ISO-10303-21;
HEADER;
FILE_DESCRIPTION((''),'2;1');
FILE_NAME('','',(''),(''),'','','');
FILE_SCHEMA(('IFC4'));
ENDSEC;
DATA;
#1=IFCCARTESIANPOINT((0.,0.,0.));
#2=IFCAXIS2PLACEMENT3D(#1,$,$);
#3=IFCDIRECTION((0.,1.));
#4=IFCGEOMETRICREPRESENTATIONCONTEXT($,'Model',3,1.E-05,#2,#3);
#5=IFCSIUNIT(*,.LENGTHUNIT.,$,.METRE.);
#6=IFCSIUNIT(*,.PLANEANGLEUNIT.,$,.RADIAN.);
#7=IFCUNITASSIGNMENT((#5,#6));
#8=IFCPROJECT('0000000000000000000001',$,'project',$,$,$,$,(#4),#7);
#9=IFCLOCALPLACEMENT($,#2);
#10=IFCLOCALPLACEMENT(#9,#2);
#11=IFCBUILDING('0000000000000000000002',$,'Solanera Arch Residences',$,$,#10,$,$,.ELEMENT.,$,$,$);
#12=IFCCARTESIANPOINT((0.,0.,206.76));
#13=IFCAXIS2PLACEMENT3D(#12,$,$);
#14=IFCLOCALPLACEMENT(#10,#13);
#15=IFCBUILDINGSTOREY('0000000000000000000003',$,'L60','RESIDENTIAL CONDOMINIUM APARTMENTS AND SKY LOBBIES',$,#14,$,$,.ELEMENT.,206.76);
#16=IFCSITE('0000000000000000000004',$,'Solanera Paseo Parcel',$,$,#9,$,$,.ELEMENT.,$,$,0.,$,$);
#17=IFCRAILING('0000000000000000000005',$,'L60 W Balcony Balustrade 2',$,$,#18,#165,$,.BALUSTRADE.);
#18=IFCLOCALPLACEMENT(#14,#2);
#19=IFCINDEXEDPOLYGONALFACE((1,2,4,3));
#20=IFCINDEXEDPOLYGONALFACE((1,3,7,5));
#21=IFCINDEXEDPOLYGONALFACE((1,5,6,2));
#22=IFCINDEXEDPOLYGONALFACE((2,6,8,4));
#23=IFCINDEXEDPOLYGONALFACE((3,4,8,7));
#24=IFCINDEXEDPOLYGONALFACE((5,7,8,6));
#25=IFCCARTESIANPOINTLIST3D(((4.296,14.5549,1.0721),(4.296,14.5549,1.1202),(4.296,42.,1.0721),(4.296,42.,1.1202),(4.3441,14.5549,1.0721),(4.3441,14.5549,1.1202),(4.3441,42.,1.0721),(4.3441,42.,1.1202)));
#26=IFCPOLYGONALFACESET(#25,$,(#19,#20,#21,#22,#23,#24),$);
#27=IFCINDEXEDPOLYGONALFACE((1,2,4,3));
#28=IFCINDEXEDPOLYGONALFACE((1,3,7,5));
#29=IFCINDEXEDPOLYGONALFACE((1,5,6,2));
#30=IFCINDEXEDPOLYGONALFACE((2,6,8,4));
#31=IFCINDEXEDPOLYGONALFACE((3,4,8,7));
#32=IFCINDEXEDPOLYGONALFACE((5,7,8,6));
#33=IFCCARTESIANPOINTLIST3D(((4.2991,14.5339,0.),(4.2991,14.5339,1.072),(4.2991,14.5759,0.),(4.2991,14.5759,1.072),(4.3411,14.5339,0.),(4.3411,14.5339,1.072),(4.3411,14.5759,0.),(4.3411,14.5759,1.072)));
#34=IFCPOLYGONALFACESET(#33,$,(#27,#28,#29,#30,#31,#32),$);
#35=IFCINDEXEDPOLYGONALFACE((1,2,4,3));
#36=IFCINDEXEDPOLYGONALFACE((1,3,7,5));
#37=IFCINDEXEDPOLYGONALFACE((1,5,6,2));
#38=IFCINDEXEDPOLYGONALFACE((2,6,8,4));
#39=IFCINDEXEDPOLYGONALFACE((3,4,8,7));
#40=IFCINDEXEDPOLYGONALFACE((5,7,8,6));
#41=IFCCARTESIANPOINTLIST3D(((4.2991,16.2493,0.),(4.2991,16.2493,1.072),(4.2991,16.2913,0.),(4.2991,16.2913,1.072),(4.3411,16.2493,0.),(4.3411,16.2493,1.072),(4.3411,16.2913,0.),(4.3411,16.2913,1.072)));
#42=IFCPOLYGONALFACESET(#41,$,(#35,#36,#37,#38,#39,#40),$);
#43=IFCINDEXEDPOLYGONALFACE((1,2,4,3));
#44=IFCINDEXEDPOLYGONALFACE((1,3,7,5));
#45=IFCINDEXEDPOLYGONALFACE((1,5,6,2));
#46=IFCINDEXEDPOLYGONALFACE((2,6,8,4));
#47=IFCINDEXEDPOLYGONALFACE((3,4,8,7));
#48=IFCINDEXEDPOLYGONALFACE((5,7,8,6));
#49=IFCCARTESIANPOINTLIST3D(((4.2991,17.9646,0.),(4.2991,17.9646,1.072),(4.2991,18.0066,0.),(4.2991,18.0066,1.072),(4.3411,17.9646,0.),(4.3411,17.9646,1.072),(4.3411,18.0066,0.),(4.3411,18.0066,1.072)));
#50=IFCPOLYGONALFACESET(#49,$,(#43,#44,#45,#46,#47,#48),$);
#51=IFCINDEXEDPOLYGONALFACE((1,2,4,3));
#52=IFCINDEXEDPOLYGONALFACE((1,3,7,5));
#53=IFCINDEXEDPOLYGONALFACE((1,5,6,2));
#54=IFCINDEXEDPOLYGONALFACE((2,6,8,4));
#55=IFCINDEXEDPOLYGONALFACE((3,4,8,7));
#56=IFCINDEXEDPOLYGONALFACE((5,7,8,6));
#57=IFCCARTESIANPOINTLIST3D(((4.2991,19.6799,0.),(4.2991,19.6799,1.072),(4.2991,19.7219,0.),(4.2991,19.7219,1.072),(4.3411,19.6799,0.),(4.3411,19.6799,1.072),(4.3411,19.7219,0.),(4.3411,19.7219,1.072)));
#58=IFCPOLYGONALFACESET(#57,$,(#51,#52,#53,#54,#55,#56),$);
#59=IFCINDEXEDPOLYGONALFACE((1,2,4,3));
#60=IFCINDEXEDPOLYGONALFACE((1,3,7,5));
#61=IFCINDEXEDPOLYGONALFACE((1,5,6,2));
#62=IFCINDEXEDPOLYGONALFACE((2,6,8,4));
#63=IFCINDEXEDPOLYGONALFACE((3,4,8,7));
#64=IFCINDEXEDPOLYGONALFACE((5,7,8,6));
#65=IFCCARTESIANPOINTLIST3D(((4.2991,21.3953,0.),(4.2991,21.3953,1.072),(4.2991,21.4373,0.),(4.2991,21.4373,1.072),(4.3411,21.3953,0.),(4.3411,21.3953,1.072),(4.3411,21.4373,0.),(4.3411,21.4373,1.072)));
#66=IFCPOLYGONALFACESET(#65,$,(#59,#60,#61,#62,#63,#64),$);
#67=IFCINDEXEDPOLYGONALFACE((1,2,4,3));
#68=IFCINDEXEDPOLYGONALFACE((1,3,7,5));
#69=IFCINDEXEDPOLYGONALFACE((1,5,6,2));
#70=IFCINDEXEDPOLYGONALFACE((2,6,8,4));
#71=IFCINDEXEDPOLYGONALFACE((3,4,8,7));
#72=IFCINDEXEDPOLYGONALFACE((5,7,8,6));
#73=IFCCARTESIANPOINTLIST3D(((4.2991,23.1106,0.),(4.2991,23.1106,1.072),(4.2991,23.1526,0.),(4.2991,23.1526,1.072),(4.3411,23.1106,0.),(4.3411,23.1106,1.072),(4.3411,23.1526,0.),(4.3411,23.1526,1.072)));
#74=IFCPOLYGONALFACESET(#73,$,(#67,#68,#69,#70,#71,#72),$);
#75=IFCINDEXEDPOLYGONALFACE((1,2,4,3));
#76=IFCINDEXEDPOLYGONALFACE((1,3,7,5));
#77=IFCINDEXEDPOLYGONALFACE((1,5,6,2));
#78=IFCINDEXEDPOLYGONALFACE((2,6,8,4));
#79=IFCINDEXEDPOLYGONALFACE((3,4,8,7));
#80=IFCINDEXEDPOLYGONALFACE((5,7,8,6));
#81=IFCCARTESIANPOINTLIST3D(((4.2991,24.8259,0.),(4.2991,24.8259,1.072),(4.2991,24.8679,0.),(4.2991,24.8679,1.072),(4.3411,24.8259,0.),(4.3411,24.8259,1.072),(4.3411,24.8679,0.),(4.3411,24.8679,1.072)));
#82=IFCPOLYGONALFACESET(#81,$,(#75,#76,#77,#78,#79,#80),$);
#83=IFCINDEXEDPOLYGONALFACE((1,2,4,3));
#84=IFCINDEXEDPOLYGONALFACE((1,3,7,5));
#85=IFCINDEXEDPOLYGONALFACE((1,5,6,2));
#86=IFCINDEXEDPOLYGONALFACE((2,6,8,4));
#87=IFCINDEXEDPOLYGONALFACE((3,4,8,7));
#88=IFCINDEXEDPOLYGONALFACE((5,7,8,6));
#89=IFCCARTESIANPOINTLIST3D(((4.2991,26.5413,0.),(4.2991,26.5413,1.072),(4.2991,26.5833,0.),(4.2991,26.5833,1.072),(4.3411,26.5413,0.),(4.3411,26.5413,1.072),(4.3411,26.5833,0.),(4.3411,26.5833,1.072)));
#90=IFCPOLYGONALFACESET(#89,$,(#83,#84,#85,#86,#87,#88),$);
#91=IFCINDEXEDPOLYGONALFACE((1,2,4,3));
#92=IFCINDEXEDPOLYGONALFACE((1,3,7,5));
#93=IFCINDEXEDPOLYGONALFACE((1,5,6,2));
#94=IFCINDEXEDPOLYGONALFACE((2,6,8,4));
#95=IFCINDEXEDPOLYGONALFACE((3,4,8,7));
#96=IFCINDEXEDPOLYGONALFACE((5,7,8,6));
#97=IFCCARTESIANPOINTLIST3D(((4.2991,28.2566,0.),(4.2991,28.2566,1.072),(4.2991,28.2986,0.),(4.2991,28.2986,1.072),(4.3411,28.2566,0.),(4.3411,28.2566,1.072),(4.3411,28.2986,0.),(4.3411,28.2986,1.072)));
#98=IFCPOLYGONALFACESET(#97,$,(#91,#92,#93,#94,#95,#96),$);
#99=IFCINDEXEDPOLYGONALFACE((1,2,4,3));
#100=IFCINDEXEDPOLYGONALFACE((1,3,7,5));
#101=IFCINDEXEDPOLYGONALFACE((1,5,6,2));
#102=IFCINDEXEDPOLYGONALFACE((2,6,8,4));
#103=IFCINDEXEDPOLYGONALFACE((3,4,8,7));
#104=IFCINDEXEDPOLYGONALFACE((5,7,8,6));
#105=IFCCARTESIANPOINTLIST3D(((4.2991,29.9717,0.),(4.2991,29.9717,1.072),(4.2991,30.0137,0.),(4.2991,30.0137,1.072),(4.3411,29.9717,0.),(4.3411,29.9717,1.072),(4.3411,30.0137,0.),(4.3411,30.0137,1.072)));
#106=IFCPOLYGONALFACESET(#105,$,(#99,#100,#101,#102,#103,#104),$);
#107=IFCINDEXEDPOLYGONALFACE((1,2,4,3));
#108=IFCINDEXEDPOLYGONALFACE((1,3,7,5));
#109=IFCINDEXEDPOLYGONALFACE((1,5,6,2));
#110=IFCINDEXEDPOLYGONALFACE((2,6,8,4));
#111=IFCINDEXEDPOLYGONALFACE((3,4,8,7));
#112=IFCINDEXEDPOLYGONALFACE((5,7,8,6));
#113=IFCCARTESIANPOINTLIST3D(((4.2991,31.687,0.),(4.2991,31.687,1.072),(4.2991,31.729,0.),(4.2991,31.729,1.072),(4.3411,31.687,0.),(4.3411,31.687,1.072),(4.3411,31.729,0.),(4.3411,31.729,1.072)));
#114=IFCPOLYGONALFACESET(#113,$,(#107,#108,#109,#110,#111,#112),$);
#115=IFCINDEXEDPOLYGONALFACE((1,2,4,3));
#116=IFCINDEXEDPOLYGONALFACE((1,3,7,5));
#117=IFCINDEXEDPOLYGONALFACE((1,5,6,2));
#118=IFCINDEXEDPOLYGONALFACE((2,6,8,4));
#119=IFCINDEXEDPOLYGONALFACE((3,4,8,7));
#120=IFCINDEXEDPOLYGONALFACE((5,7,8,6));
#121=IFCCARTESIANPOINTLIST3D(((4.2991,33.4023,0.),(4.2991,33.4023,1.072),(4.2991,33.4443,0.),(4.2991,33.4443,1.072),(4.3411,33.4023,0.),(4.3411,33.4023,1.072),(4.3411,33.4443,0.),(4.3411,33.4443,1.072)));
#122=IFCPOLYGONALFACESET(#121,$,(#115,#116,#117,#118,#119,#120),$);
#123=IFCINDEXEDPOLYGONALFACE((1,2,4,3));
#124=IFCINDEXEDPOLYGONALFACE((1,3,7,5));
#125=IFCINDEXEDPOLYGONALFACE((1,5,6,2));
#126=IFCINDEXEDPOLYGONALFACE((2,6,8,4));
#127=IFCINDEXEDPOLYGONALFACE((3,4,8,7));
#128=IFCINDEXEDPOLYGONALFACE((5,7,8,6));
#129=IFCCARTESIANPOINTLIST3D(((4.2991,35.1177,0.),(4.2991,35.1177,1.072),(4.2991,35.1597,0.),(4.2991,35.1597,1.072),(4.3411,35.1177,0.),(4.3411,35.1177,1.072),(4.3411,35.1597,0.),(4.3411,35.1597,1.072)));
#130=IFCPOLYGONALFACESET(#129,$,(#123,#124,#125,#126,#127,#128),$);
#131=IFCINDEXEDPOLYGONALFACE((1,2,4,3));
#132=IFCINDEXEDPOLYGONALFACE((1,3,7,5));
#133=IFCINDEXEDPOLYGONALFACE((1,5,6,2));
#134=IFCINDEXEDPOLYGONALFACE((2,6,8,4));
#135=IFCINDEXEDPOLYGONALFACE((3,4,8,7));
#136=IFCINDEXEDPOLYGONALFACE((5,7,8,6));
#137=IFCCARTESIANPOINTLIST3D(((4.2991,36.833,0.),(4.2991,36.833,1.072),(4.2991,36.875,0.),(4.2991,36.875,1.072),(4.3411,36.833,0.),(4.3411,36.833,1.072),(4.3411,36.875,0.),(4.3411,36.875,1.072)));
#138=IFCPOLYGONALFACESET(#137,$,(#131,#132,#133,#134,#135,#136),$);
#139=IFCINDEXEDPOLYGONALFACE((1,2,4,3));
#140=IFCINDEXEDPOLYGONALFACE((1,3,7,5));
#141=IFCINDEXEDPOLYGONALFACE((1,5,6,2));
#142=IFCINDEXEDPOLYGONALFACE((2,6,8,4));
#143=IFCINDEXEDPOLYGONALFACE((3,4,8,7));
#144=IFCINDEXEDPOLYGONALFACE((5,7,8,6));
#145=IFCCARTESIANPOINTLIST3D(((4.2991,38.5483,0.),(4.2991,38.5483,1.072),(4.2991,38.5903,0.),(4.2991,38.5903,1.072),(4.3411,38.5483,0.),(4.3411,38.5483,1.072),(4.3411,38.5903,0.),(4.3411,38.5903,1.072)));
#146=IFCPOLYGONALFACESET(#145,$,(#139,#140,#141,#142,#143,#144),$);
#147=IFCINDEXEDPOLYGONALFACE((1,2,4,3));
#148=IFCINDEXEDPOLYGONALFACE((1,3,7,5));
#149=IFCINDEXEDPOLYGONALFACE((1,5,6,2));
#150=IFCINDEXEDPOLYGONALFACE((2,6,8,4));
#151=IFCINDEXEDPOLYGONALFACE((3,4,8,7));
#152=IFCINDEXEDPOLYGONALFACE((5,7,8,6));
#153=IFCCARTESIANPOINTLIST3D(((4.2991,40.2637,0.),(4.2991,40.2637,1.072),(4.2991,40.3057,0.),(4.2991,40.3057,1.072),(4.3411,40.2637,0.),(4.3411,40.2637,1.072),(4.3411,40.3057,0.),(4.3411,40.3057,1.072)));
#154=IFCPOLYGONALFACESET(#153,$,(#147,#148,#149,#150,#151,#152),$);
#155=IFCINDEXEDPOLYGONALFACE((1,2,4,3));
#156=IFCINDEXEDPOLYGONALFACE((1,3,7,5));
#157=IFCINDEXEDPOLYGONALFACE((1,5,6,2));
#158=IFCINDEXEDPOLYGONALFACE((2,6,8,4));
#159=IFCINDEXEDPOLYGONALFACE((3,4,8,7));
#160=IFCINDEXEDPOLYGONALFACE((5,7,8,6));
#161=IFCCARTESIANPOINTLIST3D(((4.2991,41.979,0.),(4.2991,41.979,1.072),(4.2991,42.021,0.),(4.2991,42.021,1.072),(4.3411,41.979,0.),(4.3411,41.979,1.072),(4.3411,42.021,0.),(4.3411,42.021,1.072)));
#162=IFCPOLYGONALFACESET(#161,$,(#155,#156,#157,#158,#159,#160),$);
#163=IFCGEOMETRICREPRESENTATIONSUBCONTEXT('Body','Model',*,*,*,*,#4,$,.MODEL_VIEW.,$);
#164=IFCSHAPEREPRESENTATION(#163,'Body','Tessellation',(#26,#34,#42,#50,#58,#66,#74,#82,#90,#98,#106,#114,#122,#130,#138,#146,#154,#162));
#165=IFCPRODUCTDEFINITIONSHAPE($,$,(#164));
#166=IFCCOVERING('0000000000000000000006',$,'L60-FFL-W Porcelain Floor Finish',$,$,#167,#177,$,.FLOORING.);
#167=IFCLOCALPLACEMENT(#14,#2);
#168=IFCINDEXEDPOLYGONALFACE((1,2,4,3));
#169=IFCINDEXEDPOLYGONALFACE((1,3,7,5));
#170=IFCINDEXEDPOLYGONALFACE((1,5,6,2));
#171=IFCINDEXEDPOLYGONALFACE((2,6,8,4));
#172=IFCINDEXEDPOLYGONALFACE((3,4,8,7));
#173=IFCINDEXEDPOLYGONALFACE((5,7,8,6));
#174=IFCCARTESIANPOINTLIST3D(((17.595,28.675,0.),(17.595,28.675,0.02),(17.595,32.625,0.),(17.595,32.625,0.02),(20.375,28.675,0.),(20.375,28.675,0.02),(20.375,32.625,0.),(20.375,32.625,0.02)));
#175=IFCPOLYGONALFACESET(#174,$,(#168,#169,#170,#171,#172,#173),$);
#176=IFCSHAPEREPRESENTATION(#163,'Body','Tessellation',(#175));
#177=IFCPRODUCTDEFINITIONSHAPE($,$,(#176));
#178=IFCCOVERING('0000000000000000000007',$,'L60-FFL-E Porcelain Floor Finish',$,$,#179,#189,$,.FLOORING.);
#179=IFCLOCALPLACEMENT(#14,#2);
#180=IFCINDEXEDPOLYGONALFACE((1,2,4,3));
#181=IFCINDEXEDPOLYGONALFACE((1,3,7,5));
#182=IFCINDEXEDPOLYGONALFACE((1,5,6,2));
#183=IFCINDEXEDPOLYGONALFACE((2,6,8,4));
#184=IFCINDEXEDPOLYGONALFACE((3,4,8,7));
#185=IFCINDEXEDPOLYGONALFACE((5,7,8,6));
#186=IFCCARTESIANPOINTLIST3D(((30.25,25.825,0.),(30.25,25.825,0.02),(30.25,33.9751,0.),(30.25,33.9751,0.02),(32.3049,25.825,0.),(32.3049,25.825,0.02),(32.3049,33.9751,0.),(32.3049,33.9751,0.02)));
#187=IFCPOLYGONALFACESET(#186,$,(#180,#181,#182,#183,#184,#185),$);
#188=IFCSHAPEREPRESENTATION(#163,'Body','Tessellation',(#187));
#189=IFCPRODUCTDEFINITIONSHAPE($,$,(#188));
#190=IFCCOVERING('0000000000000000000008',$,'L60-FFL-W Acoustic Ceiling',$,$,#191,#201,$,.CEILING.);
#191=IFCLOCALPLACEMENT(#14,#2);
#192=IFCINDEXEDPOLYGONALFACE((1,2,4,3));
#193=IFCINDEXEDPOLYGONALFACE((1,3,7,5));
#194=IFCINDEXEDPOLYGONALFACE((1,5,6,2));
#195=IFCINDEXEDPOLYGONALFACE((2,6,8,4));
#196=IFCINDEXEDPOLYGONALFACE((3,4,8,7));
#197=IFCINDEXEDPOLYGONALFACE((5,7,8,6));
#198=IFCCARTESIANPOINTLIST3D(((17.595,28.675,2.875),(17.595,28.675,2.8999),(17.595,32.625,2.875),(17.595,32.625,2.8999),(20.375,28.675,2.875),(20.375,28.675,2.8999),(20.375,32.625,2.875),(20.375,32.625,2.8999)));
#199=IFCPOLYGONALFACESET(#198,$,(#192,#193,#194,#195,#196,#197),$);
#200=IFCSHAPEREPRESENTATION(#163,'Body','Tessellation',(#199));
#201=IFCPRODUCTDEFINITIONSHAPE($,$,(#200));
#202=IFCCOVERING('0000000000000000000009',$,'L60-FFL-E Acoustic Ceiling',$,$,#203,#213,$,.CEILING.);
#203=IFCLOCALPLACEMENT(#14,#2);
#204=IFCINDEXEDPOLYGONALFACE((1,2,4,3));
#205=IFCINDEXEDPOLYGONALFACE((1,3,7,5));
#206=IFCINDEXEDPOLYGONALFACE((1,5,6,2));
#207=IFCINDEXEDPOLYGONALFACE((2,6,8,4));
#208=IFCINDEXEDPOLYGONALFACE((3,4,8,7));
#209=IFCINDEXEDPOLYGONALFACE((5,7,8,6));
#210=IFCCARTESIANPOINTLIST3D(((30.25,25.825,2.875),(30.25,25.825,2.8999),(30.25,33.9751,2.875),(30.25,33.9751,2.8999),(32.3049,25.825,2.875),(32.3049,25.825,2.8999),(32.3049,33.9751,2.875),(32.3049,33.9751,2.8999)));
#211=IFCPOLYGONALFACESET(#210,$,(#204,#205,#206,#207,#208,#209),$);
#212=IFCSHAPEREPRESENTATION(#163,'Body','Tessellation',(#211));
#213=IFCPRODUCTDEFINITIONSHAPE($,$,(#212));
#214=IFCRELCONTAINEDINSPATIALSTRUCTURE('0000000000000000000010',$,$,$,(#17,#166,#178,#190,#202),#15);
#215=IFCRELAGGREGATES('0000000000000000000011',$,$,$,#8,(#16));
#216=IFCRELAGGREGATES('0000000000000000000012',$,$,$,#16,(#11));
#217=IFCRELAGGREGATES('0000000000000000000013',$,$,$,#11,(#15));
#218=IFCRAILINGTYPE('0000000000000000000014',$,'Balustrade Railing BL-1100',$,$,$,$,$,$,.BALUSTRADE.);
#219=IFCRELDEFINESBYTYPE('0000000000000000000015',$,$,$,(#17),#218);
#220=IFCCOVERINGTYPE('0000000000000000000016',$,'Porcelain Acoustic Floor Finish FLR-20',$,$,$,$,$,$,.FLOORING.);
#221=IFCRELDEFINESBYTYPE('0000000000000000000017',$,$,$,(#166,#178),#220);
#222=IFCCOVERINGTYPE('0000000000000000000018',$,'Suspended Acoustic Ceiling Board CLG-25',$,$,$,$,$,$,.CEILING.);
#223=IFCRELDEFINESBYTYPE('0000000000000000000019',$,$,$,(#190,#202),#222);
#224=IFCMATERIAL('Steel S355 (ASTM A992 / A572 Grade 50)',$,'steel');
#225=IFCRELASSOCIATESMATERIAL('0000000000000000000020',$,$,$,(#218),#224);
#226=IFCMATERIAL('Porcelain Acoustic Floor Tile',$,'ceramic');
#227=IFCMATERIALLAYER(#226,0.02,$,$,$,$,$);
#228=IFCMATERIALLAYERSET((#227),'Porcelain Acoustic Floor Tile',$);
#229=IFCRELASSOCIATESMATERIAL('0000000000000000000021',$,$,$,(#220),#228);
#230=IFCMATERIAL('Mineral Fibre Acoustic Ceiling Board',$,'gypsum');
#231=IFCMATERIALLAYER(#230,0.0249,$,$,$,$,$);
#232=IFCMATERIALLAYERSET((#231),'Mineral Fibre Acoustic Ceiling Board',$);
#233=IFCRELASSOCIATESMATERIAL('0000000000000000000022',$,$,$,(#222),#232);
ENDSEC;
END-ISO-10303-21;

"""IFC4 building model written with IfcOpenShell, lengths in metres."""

from ifc_helpers import new_model, si_unit, direction, frame, origin, origin_2d, place, context, subcontext, project, spatial, polyline, rectangle, outline, extrude, material, layer, layer_set, type_object, element, save


model = new_model("IFC4")

# Units and contexts
model_context = context("Model", 3, precision=1e-05, world=origin(), true_north=direction((0.0, 1.0)))
body_context = subcontext(model_context, "Body", "Model", "MODEL_VIEW")
ifc_project = project(units=[si_unit("LENGTHUNIT", "METRE"), si_unit("PLANEANGLEUNIT", "RADIAN")], contexts=[model_context])

# Site, building, storey
site_placement = place(None, origin())
site = spatial("IfcSite", under=ifc_project, at=site_placement, Name="Solanera Paseo Parcel", CompositionType="ELEMENT", RefElevation=0.0)
building_placement = place(site_placement, origin())
building = spatial("IfcBuilding", under=site, at=building_placement, Name="Solanera Arch Residences", CompositionType="ELEMENT")
storey_placement = place(building_placement, frame((0.0, 0.0, 206.76)))
storey = spatial("IfcBuildingStorey", under=building, at=storey_placement, Name="L60", Description="RESIDENTIAL CONDOMINIUM APARTMENTS AND SKY LOBBIES", CompositionType="ELEMENT", Elevation=206.76)

# Railing
ifc_material_1 = material(Name="Steel S355 (ASTM A992 / A572 Grade 50)", Category="steel")
railing_type = type_object("IfcRailingType", Name="Balustrade Railing BL-1100", PredefinedType="BALUSTRADE", material=ifc_material_1)
railing_placement = place(storey_placement, frame((4.3201, 14.5549, 0.0)))
element("IfcRailing", 1, at=railing_placement, inside=storey, type_object=railing_type, Name="L60 W Balcony Balustrade 2", PredefinedType="BALUSTRADE", context=body_context, shape_type="SweptSolid", body=[
    extrude(rectangle(XDim=0.0481, YDim=0.0481, at=origin_2d()), frame((0.0, 0.0, 1.0962), z_axis=(0.0, 1.0, 0.0), x_axis=(-1.0, 0.0, 0.0)), (0.0, 0.0, 1.0), 27.4451),
    extrude(rectangle(XDim=0.042, YDim=0.042, at=origin_2d()), origin(), (0.0, 0.0, 1.0), 1.072),
    extrude(rectangle(XDim=0.042, YDim=0.042, at=origin_2d()), frame((0.0, 1.7153, 0.0)), (0.0, 0.0, 1.0), 1.072),
    extrude(rectangle(XDim=0.042, YDim=0.042, at=origin_2d()), frame((0.0, 3.4307, 0.0)), (0.0, 0.0, 1.0), 1.072),
    extrude(rectangle(XDim=0.042, YDim=0.042, at=origin_2d()), frame((0.0, 5.146, 0.0)), (0.0, 0.0, 1.0), 1.072),
    extrude(rectangle(XDim=0.042, YDim=0.042, at=origin_2d()), frame((0.0, 6.8613, 0.0)), (0.0, 0.0, 1.0), 1.072),
    extrude(rectangle(XDim=0.042, YDim=0.042, at=origin_2d()), frame((0.0, 8.5767, 0.0)), (0.0, 0.0, 1.0), 1.072),
    extrude(rectangle(XDim=0.042, YDim=0.042, at=origin_2d()), frame((0.0, 10.292, 0.0)), (0.0, 0.0, 1.0), 1.072),
    extrude(rectangle(XDim=0.042, YDim=0.042, at=origin_2d()), frame((0.0, 12.0073, 0.0)), (0.0, 0.0, 1.0), 1.072),
    extrude(rectangle(XDim=0.042, YDim=0.042, at=origin_2d()), frame((0.0, 13.7227, 0.0)), (0.0, 0.0, 1.0), 1.072),
    extrude(rectangle(XDim=0.042, YDim=0.042, at=origin_2d()), frame((0.0, 15.4377, 0.0)), (0.0, 0.0, 1.0), 1.072),
    extrude(rectangle(XDim=0.042, YDim=0.042, at=origin_2d()), frame((0.0, 17.1531, 0.0)), (0.0, 0.0, 1.0), 1.072),
    extrude(rectangle(XDim=0.042, YDim=0.042, at=origin_2d()), frame((0.0, 18.8684, 0.0)), (0.0, 0.0, 1.0), 1.072),
    extrude(rectangle(XDim=0.042, YDim=0.042, at=origin_2d()), frame((0.0, 20.5837, 0.0)), (0.0, 0.0, 1.0), 1.072),
    extrude(rectangle(XDim=0.042, YDim=0.042, at=origin_2d()), frame((0.0, 22.2991, 0.0)), (0.0, 0.0, 1.0), 1.072),
    extrude(rectangle(XDim=0.042, YDim=0.042, at=origin_2d()), frame((0.0, 24.0144, 0.0)), (0.0, 0.0, 1.0), 1.072),
    extrude(rectangle(XDim=0.042, YDim=0.042, at=origin_2d()), frame((0.0, 25.7297, 0.0)), (0.0, 0.0, 1.0), 1.072),
    extrude(rectangle(XDim=0.042, YDim=0.042, at=origin_2d()), frame((0.0, 27.4451, 0.0)), (0.0, 0.0, 1.0), 1.072),
])

# Coverings
ifc_material_2 = material(Name="Porcelain Acoustic Floor Tile", Category="ceramic")
ifc_layer_1 = layer(ifc_material_2, 0.02)
ifc_layer_set_1 = layer_set([ifc_layer_1], Name="Porcelain Acoustic Floor Tile")
covering_type_1 = type_object("IfcCoveringType", Name="Porcelain Acoustic Floor Finish FLR-20", PredefinedType="FLOORING", material=ifc_layer_set_1)
covering_1_placement = place(storey_placement, origin())
element("IfcCovering", 2, at=covering_1_placement, inside=storey, type_object=covering_type_1, Name="L60-FFL-W Porcelain Floor Finish", PredefinedType="FLOORING", context=body_context, shape_type="SweptSolid", body=[
    extrude(outline(polyline([(20.375, 28.675), (17.595, 28.675), (17.595, 32.625), (20.375, 32.625), (20.375, 28.675)])), origin(), (0.0, 0.0, 1.0), 0.02),
])
covering_2_placement = place(storey_placement, origin())
element("IfcCovering", 3, at=covering_2_placement, inside=storey, type_object=covering_type_1, Name="L60-FFL-E Porcelain Floor Finish", PredefinedType="FLOORING", context=body_context, shape_type="SweptSolid", body=[
    extrude(outline(polyline([(32.3049, 25.825), (30.25, 25.825), (30.25, 33.9751), (32.3049, 33.9751), (32.3049, 25.825)])), origin(), (0.0, 0.0, 1.0), 0.02),
])
ifc_material_3 = material(Name="Mineral Fibre Acoustic Ceiling Board", Category="gypsum")
ifc_layer_2 = layer(ifc_material_3, 0.0249)
ifc_layer_set_2 = layer_set([ifc_layer_2], Name="Mineral Fibre Acoustic Ceiling Board")
covering_type_2 = type_object("IfcCoveringType", Name="Suspended Acoustic Ceiling Board CLG-25", PredefinedType="CEILING", material=ifc_layer_set_2)
covering_3_placement = place(storey_placement, frame((0.0, 0.0, 2.875)))
element("IfcCovering", 4, at=covering_3_placement, inside=storey, type_object=covering_type_2, Name="L60-FFL-W Acoustic Ceiling", PredefinedType="CEILING", context=body_context, shape_type="SweptSolid", body=[
    extrude(outline(polyline([(20.375, 28.675), (17.595, 28.675), (17.595, 32.625), (20.375, 32.625), (20.375, 28.675)])), origin(), (0.0, 0.0, 1.0), 0.0249),
])
covering_4_placement = place(storey_placement, frame((0.0, 0.0, 2.875)))
element("IfcCovering", 5, at=covering_4_placement, inside=storey, type_object=covering_type_2, Name="L60-FFL-E Acoustic Ceiling", PredefinedType="CEILING", context=body_context, shape_type="SweptSolid", body=[
    extrude(outline(polyline([(32.3049, 25.825), (30.25, 25.825), (30.25, 33.9751), (32.3049, 33.9751), (32.3049, 25.825)])), origin(), (0.0, 0.0, 1.0), 0.0249),
])

save(model, "model.ifc")
